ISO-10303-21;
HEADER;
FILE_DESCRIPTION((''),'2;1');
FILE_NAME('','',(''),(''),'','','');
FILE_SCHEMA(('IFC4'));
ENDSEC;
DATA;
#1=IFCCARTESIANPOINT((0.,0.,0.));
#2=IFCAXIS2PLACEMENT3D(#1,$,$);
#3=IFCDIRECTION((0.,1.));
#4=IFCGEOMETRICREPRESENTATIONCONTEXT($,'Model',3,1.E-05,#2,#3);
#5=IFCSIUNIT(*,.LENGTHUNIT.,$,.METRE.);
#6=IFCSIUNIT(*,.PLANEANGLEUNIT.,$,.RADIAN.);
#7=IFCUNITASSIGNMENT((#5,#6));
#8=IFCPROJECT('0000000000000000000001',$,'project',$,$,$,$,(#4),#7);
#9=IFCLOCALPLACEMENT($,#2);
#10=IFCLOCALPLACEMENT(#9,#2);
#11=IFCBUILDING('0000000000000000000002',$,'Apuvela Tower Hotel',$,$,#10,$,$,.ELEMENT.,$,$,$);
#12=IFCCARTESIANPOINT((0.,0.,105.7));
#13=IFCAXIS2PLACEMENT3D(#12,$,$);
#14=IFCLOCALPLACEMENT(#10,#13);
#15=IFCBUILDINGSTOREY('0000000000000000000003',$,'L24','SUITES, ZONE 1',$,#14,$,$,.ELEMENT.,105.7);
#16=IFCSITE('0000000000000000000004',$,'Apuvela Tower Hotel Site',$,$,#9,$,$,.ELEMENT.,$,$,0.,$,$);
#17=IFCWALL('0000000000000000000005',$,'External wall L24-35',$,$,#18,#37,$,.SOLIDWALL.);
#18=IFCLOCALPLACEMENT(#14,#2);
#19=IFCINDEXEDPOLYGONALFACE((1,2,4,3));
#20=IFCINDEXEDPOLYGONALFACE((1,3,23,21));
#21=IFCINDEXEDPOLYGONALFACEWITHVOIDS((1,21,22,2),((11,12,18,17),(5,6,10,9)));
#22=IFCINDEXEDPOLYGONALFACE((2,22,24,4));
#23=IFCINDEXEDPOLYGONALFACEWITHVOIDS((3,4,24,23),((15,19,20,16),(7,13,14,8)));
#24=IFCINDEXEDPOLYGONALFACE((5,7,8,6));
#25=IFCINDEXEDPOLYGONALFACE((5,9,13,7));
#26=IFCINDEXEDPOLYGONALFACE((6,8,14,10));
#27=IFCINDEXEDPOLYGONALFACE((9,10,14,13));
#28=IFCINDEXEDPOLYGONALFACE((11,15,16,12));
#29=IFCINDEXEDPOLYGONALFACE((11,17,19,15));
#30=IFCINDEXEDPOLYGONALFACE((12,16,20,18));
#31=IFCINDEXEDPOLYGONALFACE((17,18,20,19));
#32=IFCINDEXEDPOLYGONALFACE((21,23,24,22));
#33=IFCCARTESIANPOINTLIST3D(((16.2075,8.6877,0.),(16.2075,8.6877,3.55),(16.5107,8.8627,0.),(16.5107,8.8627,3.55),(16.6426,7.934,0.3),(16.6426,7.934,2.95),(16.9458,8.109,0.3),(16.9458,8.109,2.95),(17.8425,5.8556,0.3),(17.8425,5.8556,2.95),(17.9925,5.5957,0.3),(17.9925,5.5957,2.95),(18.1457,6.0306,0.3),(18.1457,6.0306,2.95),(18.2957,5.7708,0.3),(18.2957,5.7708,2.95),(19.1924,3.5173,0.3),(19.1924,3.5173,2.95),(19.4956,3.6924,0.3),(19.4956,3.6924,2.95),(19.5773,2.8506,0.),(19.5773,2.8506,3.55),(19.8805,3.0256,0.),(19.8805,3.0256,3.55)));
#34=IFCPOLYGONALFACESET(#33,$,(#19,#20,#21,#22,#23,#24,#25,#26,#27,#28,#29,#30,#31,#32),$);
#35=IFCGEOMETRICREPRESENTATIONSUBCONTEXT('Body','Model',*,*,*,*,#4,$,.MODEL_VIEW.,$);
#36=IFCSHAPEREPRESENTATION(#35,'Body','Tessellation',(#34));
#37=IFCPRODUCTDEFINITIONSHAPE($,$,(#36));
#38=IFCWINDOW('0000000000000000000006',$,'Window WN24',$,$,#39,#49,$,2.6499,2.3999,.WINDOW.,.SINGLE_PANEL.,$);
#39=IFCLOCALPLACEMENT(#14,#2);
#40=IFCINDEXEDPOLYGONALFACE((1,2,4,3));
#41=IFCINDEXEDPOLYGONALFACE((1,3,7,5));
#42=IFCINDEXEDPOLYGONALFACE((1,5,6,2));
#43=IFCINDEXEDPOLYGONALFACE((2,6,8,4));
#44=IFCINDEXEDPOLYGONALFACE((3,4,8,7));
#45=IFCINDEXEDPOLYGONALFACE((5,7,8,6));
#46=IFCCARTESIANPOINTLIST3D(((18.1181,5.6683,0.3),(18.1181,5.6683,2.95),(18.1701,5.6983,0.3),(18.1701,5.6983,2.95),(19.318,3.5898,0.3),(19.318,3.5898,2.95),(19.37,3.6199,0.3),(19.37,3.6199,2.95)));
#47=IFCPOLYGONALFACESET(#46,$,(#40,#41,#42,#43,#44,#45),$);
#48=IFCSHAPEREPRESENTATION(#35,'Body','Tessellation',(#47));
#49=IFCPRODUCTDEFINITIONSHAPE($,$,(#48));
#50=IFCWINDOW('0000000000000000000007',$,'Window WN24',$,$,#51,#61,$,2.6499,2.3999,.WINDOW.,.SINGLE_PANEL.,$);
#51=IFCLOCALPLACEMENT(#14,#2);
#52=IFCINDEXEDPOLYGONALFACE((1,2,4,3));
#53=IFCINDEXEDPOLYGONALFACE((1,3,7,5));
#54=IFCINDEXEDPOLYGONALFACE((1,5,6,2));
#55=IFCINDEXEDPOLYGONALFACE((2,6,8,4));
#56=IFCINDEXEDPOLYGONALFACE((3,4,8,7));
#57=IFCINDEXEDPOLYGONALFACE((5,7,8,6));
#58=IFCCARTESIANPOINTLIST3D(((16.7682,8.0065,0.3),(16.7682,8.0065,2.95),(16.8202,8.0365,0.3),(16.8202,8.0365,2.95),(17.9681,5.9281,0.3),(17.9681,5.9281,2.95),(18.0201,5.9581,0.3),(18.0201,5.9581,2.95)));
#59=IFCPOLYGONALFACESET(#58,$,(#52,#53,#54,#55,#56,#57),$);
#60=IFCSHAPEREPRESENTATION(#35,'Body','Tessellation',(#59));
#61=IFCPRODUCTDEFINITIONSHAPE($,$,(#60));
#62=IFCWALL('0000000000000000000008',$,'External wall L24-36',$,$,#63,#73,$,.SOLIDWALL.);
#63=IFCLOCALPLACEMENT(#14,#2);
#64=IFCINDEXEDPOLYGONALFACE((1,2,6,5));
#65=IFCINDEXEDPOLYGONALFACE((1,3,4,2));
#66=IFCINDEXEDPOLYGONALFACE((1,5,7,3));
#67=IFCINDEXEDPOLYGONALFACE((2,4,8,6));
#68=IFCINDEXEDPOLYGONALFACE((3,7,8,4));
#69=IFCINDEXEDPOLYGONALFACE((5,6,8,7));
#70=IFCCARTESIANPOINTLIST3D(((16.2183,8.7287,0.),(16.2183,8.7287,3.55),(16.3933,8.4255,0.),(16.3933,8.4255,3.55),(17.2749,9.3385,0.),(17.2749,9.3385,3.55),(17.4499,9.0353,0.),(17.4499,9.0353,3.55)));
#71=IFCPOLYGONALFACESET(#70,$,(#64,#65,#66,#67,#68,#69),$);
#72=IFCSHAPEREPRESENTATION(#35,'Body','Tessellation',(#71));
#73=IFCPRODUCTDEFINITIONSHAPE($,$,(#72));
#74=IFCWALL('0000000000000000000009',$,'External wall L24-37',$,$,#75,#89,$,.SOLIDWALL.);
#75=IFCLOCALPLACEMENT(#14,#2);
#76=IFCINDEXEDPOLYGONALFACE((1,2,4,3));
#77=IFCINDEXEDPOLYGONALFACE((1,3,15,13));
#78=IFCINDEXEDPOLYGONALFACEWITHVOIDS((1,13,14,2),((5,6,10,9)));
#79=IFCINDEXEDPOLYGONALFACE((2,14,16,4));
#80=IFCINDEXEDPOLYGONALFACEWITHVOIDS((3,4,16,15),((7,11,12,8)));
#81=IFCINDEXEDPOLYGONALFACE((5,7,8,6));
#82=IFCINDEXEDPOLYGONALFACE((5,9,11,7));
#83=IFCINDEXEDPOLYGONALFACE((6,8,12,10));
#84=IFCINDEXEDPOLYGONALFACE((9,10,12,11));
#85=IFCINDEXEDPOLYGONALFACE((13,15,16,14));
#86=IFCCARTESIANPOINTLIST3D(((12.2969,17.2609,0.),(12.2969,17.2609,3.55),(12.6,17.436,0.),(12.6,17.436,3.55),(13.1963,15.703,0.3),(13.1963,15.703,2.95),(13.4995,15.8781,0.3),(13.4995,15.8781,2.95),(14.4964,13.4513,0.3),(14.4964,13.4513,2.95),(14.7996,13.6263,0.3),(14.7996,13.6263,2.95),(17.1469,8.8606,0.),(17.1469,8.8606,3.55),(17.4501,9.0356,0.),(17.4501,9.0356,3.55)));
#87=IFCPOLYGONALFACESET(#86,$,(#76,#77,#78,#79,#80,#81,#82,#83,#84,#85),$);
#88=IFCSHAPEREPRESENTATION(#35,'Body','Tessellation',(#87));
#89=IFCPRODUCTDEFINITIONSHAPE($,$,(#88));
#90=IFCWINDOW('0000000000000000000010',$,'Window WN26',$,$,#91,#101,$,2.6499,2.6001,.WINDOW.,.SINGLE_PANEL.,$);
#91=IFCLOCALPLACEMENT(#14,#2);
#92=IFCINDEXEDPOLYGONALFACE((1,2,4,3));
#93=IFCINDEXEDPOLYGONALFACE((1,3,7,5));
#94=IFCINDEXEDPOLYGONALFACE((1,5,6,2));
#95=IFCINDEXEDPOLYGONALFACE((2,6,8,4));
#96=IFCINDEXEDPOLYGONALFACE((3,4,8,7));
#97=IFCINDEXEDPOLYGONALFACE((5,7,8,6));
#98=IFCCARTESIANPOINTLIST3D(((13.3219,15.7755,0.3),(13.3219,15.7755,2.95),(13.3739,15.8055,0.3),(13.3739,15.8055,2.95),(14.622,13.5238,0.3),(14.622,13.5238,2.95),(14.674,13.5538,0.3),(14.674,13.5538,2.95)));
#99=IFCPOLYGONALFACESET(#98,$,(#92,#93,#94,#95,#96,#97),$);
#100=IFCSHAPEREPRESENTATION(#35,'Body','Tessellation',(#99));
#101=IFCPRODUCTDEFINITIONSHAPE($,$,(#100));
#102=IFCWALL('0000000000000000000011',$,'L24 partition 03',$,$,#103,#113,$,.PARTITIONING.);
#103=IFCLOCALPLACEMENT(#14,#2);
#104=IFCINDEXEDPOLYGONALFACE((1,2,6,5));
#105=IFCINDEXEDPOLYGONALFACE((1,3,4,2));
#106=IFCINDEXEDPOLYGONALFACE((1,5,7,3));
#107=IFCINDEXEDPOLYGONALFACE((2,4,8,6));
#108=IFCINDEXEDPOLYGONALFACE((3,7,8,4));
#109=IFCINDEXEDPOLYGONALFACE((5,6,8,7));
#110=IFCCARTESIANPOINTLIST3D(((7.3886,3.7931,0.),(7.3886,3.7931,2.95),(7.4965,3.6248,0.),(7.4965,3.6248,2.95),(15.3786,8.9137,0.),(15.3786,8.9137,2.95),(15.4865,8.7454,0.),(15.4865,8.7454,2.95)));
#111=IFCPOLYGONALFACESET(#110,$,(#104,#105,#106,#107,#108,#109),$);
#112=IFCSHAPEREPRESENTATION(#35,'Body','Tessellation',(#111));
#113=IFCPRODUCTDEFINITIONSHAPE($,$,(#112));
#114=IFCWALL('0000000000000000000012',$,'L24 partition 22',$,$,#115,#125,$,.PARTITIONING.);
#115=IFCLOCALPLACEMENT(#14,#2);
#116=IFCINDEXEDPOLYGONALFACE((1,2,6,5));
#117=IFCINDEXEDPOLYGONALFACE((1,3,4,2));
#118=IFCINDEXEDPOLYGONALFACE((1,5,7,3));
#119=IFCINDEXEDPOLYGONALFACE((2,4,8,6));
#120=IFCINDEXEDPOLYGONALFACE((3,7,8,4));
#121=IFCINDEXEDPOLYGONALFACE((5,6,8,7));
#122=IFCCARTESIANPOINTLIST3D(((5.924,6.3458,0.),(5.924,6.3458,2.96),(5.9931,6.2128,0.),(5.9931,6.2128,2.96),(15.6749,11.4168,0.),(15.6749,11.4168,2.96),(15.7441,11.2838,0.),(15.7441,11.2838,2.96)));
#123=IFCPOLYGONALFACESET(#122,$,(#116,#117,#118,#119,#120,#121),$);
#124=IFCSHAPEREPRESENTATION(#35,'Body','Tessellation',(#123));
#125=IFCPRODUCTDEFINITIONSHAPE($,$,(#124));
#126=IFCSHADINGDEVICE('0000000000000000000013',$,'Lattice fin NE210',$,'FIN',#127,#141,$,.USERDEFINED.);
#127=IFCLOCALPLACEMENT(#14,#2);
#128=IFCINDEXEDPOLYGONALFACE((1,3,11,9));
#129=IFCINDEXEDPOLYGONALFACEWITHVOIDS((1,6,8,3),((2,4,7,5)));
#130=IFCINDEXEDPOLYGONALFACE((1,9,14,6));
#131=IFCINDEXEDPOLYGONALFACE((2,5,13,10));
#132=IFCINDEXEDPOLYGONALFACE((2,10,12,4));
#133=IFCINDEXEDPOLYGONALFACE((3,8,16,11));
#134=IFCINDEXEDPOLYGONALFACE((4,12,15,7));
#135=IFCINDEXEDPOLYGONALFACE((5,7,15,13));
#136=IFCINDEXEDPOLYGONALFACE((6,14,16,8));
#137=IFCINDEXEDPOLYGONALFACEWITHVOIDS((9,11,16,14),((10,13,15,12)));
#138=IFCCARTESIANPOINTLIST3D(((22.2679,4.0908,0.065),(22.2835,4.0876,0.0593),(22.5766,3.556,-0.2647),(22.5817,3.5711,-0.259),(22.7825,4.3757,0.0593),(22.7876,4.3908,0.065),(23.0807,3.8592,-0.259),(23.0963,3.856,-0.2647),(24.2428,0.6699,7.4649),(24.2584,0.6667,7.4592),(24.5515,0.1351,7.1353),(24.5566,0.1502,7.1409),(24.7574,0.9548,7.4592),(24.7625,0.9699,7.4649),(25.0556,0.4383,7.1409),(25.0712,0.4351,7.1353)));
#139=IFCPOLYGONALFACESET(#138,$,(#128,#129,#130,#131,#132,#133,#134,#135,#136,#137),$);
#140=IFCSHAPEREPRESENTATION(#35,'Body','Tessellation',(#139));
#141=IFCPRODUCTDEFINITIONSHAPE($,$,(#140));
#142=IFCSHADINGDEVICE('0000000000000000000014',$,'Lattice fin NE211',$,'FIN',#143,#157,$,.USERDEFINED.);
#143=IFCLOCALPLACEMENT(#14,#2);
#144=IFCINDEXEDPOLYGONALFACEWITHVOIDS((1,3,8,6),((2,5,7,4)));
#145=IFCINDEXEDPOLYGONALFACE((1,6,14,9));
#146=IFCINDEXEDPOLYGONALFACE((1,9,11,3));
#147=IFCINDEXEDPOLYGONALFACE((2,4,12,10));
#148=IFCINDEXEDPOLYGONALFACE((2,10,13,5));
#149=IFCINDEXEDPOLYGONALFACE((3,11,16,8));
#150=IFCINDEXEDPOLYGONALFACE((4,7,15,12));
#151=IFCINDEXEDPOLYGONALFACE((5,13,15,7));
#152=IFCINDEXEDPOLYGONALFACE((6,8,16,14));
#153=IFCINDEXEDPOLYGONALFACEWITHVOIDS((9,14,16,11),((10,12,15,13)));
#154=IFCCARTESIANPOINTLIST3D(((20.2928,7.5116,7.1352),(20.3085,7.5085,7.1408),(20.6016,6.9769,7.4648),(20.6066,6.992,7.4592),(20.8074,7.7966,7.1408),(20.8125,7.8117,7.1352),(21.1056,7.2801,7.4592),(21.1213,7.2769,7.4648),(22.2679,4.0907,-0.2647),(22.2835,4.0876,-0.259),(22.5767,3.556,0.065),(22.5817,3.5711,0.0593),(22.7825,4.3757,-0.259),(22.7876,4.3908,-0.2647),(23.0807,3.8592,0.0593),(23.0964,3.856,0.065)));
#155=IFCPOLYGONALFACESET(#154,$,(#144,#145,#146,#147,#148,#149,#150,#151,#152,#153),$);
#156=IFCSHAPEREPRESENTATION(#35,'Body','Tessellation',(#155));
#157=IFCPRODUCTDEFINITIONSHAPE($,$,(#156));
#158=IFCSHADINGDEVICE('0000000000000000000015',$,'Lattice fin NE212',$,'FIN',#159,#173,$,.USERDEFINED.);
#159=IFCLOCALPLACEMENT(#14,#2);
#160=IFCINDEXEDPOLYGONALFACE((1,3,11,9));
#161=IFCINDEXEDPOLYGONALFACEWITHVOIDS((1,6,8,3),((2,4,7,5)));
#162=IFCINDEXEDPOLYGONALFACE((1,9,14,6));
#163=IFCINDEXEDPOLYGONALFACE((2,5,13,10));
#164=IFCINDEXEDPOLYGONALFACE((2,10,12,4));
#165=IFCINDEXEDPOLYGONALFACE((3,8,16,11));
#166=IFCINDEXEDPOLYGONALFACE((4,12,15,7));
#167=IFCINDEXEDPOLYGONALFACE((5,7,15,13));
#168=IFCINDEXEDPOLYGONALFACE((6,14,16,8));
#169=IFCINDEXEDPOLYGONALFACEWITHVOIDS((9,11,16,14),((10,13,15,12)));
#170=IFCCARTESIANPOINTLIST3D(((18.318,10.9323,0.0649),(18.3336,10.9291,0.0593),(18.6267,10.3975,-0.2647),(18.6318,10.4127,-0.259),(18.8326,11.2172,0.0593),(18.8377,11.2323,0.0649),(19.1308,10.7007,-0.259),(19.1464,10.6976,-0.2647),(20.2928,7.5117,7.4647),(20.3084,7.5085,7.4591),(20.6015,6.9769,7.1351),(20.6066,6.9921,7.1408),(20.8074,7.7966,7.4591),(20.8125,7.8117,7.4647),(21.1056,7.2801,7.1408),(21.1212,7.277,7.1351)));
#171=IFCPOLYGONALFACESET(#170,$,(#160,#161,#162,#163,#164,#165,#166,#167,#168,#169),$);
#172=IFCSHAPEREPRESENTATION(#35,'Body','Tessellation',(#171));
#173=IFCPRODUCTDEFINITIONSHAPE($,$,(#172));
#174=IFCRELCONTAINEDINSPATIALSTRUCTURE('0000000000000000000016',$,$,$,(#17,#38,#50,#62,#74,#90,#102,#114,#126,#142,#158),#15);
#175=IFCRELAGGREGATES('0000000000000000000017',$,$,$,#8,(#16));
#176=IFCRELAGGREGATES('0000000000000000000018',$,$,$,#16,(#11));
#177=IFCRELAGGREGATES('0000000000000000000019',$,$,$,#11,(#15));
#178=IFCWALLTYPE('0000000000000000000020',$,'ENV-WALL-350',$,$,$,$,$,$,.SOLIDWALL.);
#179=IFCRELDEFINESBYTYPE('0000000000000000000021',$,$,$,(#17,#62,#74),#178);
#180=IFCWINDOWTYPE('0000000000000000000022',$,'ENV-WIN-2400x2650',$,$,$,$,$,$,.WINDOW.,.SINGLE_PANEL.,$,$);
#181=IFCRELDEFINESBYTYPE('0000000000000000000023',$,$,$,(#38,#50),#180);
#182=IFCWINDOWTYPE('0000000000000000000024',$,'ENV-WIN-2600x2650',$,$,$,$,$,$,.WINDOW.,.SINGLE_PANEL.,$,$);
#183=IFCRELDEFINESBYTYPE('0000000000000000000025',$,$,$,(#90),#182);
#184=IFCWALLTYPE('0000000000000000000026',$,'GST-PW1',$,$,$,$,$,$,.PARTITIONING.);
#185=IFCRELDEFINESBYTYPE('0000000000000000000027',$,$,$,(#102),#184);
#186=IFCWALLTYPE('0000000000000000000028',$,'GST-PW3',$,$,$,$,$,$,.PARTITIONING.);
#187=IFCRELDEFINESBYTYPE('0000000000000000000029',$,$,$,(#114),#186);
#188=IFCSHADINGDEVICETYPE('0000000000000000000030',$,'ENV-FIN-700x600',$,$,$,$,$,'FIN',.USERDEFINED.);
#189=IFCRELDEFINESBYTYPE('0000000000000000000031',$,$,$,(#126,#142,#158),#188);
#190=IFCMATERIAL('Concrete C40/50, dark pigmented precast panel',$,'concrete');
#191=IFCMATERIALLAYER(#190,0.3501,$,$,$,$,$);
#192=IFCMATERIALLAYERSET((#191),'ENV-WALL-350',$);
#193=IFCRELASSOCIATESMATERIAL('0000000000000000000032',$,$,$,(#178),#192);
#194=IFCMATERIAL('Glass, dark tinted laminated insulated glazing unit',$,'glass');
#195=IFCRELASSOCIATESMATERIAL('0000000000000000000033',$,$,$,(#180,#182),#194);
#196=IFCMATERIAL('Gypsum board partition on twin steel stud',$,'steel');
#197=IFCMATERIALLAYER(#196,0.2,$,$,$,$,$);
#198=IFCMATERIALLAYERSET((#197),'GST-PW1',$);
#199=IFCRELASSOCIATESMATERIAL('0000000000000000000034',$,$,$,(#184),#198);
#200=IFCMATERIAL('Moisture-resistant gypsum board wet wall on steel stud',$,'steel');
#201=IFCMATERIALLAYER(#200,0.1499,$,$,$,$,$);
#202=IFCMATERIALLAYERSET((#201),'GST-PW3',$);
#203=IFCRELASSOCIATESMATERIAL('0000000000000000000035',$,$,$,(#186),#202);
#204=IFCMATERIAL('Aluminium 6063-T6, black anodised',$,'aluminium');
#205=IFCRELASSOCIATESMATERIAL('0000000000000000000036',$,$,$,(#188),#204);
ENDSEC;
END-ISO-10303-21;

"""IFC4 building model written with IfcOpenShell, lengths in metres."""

from ifc_helpers import new_model, si_unit, direction, frame, frame_2d, origin, origin_2d, place, context, subcontext, project, spatial, rectangle, hollow_rectangle, extrude, material, layer, layer_set, material_profile, profile_set, type_object, element, fill, save


model = new_model("IFC4")

# Units and contexts
model_context = context("Model", 3, precision=1e-05, world=origin(), true_north=direction((0.0, 1.0)))
body_context = subcontext(model_context, "Body", "Model", "MODEL_VIEW")
ifc_project = project(units=[si_unit("LENGTHUNIT", "METRE"), si_unit("PLANEANGLEUNIT", "RADIAN")], contexts=[model_context])

# Site, building, storey
site_placement = place(None, origin())
site = spatial("IfcSite", under=ifc_project, at=site_placement, Name="Apuvela Tower Hotel Site", CompositionType="ELEMENT", RefElevation=0.0)
building_placement = place(site_placement, origin())
building = spatial("IfcBuilding", under=site, at=building_placement, Name="Apuvela Tower Hotel", CompositionType="ELEMENT")
storey_placement = place(building_placement, frame((0.0, 0.0, 105.7)))
storey = spatial("IfcBuildingStorey", under=building, at=storey_placement, Name="L24", Description="SUITES, ZONE 1", CompositionType="ELEMENT", Elevation=105.7)

# Shared definitions
ifc_material_1 = material(Name="Concrete C40/50, dark pigmented precast panel", Category="concrete")
ifc_layer_1 = layer(ifc_material_1, 0.3501)
ifc_layer_set_1 = layer_set([ifc_layer_1], Name="ENV-WALL-350")
wall_type_1 = type_object("IfcWallType", Name="ENV-WALL-350", PredefinedType="SOLIDWALL", material=ifc_layer_set_1)

# Wall, openings, windows
wall_1_placement = place(storey_placement, frame((19.729, 2.938, 0.0), z_axis=(0.0, 0.0, 1.0), x_axis=(-0.499976, 0.866039, 0.0)))
wall_1 = element("IfcWall", 1, at=wall_1_placement, inside=storey, type_object=wall_type_1, Name="External wall L24-35", PredefinedType="SOLIDWALL", context=body_context, shape_type="SweptSolid", body=[
    extrude(rectangle(XDim=6.74, YDim=0.3501, at=frame_2d((3.3701, 0.0))), origin(), (0.0, 0.0, 1.0), 3.55),
])
opening_1_placement = place(wall_1_placement, frame((0.77, 0.0, 0.3)))
opening_1 = element("IfcOpeningElement", 2, at=opening_1_placement, cuts=wall_1, PredefinedType="OPENING", context=body_context, shape_type="SweptSolid", body=[
    extrude(rectangle(XDim=2.3999, YDim=2.6499, at=frame_2d((1.2, 1.325))), frame((0.0, 0.1851, 0.0), z_axis=(0.0, -1.0, 0.0), x_axis=(1.0, 0.0, 0.0)), (0.0, 0.0, 1.0), 0.3701),
])
opening_2_placement = place(wall_1_placement, frame((3.47, 0.0, 0.3)))
opening_2 = element("IfcOpeningElement", 3, at=opening_2_placement, cuts=wall_1, PredefinedType="OPENING", context=body_context, shape_type="SweptSolid", body=[
    extrude(rectangle(XDim=2.3999, YDim=2.6499, at=frame_2d((1.2, 1.325))), frame((0.0, 0.1851, 0.0), z_axis=(0.0, -1.0, 0.0), x_axis=(1.0, 0.0, 0.0)), (0.0, 0.0, 1.0), 0.3701),
])
ifc_material_2 = material(Name="Glass, dark tinted laminated insulated glazing unit", Category="glass")
window_type_1 = type_object("IfcWindowType", Name="ENV-WIN-2400x2650", PartitioningType="SINGLE_PANEL", PredefinedType="WINDOW", material=ifc_material_2)
window_1_placement = place(opening_1_placement, origin())
window_1 = element("IfcWindow", 4, at=window_1_placement, inside=storey, type_object=window_type_1, Name="Window WN24", OverallHeight=2.6499, OverallWidth=2.3999, PartitioningType="SINGLE_PANEL", PredefinedType="WINDOW", context=body_context, shape_type="SweptSolid", body=[
    extrude(rectangle(XDim=2.3999, YDim=2.6499, at=frame_2d((1.2, 1.325))), frame((0.0, 0.03, 0.0), z_axis=(0.0, -1.0, 0.0), x_axis=(1.0, 0.0, 0.0)), (0.0, 0.0, 1.0), 0.0601),
])
fill(opening_1, window_1)
window_2_placement = place(opening_2_placement, origin())
window_2 = element("IfcWindow", 5, at=window_2_placement, inside=storey, type_object=window_type_1, Name="Window WN24", OverallHeight=2.6499, OverallWidth=2.3999, PartitioningType="SINGLE_PANEL", PredefinedType="WINDOW", context=body_context, shape_type="SweptSolid", body=[
    extrude(rectangle(XDim=2.3999, YDim=2.6499, at=frame_2d((1.2, 1.325))), frame((0.0, 0.03, 0.0), z_axis=(0.0, -1.0, 0.0), x_axis=(1.0, 0.0, 0.0)), (0.0, 0.0, 1.0), 0.0601),
])
fill(opening_2, window_2)

# Wall
wall_2_placement = place(storey_placement, frame((16.3059, 8.5771, 0.0), z_axis=(0.0, 0.0, 1.0), x_axis=(0.866092, 0.499884, 0.0)))
element("IfcWall", 6, at=wall_2_placement, inside=storey, type_object=wall_type_1, Name="External wall L24-36", PredefinedType="SOLIDWALL", context=body_context, shape_type="SweptSolid", body=[
    extrude(rectangle(XDim=1.22, YDim=0.3501, at=frame_2d((0.6099, 0.0))), origin(), (0.0, 0.0, 1.0), 3.55),
])

# Wall, opening, window
wall_3_placement = place(storey_placement, frame((17.2986, 8.948, 0.0), z_axis=(0.0, 0.0, 1.0), x_axis=(-0.50001, 0.86602, 0.0)))
wall_3 = element("IfcWall", 7, at=wall_3_placement, inside=storey, type_object=wall_type_1, Name="External wall L24-37", PredefinedType="SOLIDWALL", context=body_context, shape_type="SweptSolid", body=[
    extrude(rectangle(XDim=9.7, YDim=0.3501, at=frame_2d((4.8501, 0.0))), origin(), (0.0, 0.0, 1.0), 3.55),
])
opening_3_placement = place(wall_3_placement, frame((5.301, 0.0, 0.3)))
opening_3 = element("IfcOpeningElement", 8, at=opening_3_placement, cuts=wall_3, PredefinedType="OPENING", context=body_context, shape_type="SweptSolid", body=[
    extrude(rectangle(XDim=2.6001, YDim=2.6499, at=frame_2d((1.3, 1.325))), frame((0.0, 0.1851, 0.0), z_axis=(0.0, -1.0, 0.0), x_axis=(1.0, 0.0, 0.0)), (0.0, 0.0, 1.0), 0.3701),
])
window_type_2 = type_object("IfcWindowType", Name="ENV-WIN-2600x2650", PartitioningType="SINGLE_PANEL", PredefinedType="WINDOW", material=ifc_material_2)
window_3_placement = place(opening_3_placement, origin())
window_3 = element("IfcWindow", 9, at=window_3_placement, inside=storey, type_object=window_type_2, Name="Window WN26", OverallHeight=2.6499, OverallWidth=2.6001, PartitioningType="SINGLE_PANEL", PredefinedType="WINDOW", context=body_context, shape_type="SweptSolid", body=[
    extrude(rectangle(XDim=2.6001, YDim=2.6499, at=frame_2d((1.3, 1.325))), frame((0.0, 0.03, 0.0), z_axis=(0.0, -1.0, 0.0), x_axis=(1.0, 0.0, 0.0)), (0.0, 0.0, 1.0), 0.0601),
])
fill(opening_3, window_3)

# Walls
ifc_material_3 = material(Name="Gypsum board partition on twin steel stud", Category="steel")
ifc_layer_2 = layer(ifc_material_3, 0.2)
ifc_layer_set_2 = layer_set([ifc_layer_2], Name="GST-PW1")
wall_type_2 = type_object("IfcWallType", Name="GST-PW1", PredefinedType="PARTITIONING", material=ifc_layer_set_2)
wall_4_placement = place(storey_placement, frame((15.4326, 8.8296, 0.0), z_axis=(0.0, 0.0, 1.0), x_axis=(-0.841936, -0.539578, 0.0)))
element("IfcWall", 10, at=wall_4_placement, inside=storey, type_object=wall_type_2, Name="L24 partition 03", PredefinedType="PARTITIONING", context=body_context, shape_type="SweptSolid", body=[
    extrude(rectangle(XDim=9.49, YDim=0.2, at=frame_2d((4.7451, 0.0))), origin(), (0.0, 0.0, 1.0), 2.95),
])
ifc_material_4 = material(Name="Moisture-resistant gypsum board wet wall on steel stud", Category="steel")
ifc_layer_3 = layer(ifc_material_4, 0.1499)
ifc_layer_set_3 = layer_set([ifc_layer_3], Name="GST-PW3")
wall_type_3 = type_object("IfcWallType", Name="GST-PW3", PredefinedType="PARTITIONING", material=ifc_layer_set_3)
wall_5_placement = place(storey_placement, frame((15.7095, 11.3503, 0.0), z_axis=(0.0, 0.0, 1.0), x_axis=(-0.887197, -0.461391, 0.0)))
element("IfcWall", 11, at=wall_5_placement, inside=storey, type_object=wall_type_3, Name="L24 partition 22", PredefinedType="PARTITIONING", context=body_context, shape_type="SweptSolid", body=[
    extrude(rectangle(XDim=10.9907, YDim=0.1499, at=frame_2d((5.4954, 0.0))), origin(), (0.0, 0.0, 1.0), 2.96),
])

# Shading devices
ifc_material_5 = material(Name="Aluminium 6063-T6, black anodised", Category="aluminium")
ifc_material_profile_1 = material_profile(ifc_material_5, hollow_rectangle(XDim=0.6001, YDim=0.7, WallThickness=0.012, at=origin_2d()), Name="AL BOX 700x600x12")
ifc_profile_set_1 = profile_set([ifc_material_profile_1], Name="Aluminium 6063-T6, black anodised")
shading_device_type = type_object("IfcShadingDeviceType", Name="ENV-FIN-700x600", ElementType="FIN", PredefinedType="USERDEFINED", material=ifc_profile_set_1)
for number, where, z_axis, x_axis, name in (
    (12, (22.6821, 3.9734, -0.0999), (0.235434, -0.407825, 0.882185), (0.866048, 0.499961, 0.0), "Lattice fin NE210"),
    (13, (22.6821, 3.9734, -0.0999), (-0.235461, 0.407822, 0.882179), (-0.866021, -0.500008, 0.0), "Lattice fin NE211"),
):
    element("IfcShadingDevice", number, at=place(storey_placement, frame(where, z_axis=z_axis, x_axis=x_axis)), inside=storey, type_object=shading_device_type, Name=name, ObjectType="FIN", PredefinedType="USERDEFINED", context=body_context, shape_type="SweptSolid", body=[
        extrude(hollow_rectangle(XDim=0.6001, YDim=0.7, WallThickness=0.012, at=origin_2d()), origin(), (0.0, 0.0, 1.0), 8.3882),
    ])
shading_device_1_placement = place(storey_placement, frame((18.7322, 10.8149, -0.0999), z_axis=(0.235436, -0.407801, 0.882195), x_axis=(0.866032, 0.499988, 0.0)))
element("IfcShadingDevice", 14, at=shading_device_1_placement, inside=storey, type_object=shading_device_type, Name="Lattice fin NE212", ObjectType="FIN", PredefinedType="USERDEFINED", context=body_context, shape_type="SweptSolid", body=[
    extrude(hollow_rectangle(XDim=0.6001, YDim=0.7, WallThickness=0.012, at=origin_2d()), origin(), (0.0, 0.0, 1.0), 8.3879),
])

save(model, "model.ifc")
